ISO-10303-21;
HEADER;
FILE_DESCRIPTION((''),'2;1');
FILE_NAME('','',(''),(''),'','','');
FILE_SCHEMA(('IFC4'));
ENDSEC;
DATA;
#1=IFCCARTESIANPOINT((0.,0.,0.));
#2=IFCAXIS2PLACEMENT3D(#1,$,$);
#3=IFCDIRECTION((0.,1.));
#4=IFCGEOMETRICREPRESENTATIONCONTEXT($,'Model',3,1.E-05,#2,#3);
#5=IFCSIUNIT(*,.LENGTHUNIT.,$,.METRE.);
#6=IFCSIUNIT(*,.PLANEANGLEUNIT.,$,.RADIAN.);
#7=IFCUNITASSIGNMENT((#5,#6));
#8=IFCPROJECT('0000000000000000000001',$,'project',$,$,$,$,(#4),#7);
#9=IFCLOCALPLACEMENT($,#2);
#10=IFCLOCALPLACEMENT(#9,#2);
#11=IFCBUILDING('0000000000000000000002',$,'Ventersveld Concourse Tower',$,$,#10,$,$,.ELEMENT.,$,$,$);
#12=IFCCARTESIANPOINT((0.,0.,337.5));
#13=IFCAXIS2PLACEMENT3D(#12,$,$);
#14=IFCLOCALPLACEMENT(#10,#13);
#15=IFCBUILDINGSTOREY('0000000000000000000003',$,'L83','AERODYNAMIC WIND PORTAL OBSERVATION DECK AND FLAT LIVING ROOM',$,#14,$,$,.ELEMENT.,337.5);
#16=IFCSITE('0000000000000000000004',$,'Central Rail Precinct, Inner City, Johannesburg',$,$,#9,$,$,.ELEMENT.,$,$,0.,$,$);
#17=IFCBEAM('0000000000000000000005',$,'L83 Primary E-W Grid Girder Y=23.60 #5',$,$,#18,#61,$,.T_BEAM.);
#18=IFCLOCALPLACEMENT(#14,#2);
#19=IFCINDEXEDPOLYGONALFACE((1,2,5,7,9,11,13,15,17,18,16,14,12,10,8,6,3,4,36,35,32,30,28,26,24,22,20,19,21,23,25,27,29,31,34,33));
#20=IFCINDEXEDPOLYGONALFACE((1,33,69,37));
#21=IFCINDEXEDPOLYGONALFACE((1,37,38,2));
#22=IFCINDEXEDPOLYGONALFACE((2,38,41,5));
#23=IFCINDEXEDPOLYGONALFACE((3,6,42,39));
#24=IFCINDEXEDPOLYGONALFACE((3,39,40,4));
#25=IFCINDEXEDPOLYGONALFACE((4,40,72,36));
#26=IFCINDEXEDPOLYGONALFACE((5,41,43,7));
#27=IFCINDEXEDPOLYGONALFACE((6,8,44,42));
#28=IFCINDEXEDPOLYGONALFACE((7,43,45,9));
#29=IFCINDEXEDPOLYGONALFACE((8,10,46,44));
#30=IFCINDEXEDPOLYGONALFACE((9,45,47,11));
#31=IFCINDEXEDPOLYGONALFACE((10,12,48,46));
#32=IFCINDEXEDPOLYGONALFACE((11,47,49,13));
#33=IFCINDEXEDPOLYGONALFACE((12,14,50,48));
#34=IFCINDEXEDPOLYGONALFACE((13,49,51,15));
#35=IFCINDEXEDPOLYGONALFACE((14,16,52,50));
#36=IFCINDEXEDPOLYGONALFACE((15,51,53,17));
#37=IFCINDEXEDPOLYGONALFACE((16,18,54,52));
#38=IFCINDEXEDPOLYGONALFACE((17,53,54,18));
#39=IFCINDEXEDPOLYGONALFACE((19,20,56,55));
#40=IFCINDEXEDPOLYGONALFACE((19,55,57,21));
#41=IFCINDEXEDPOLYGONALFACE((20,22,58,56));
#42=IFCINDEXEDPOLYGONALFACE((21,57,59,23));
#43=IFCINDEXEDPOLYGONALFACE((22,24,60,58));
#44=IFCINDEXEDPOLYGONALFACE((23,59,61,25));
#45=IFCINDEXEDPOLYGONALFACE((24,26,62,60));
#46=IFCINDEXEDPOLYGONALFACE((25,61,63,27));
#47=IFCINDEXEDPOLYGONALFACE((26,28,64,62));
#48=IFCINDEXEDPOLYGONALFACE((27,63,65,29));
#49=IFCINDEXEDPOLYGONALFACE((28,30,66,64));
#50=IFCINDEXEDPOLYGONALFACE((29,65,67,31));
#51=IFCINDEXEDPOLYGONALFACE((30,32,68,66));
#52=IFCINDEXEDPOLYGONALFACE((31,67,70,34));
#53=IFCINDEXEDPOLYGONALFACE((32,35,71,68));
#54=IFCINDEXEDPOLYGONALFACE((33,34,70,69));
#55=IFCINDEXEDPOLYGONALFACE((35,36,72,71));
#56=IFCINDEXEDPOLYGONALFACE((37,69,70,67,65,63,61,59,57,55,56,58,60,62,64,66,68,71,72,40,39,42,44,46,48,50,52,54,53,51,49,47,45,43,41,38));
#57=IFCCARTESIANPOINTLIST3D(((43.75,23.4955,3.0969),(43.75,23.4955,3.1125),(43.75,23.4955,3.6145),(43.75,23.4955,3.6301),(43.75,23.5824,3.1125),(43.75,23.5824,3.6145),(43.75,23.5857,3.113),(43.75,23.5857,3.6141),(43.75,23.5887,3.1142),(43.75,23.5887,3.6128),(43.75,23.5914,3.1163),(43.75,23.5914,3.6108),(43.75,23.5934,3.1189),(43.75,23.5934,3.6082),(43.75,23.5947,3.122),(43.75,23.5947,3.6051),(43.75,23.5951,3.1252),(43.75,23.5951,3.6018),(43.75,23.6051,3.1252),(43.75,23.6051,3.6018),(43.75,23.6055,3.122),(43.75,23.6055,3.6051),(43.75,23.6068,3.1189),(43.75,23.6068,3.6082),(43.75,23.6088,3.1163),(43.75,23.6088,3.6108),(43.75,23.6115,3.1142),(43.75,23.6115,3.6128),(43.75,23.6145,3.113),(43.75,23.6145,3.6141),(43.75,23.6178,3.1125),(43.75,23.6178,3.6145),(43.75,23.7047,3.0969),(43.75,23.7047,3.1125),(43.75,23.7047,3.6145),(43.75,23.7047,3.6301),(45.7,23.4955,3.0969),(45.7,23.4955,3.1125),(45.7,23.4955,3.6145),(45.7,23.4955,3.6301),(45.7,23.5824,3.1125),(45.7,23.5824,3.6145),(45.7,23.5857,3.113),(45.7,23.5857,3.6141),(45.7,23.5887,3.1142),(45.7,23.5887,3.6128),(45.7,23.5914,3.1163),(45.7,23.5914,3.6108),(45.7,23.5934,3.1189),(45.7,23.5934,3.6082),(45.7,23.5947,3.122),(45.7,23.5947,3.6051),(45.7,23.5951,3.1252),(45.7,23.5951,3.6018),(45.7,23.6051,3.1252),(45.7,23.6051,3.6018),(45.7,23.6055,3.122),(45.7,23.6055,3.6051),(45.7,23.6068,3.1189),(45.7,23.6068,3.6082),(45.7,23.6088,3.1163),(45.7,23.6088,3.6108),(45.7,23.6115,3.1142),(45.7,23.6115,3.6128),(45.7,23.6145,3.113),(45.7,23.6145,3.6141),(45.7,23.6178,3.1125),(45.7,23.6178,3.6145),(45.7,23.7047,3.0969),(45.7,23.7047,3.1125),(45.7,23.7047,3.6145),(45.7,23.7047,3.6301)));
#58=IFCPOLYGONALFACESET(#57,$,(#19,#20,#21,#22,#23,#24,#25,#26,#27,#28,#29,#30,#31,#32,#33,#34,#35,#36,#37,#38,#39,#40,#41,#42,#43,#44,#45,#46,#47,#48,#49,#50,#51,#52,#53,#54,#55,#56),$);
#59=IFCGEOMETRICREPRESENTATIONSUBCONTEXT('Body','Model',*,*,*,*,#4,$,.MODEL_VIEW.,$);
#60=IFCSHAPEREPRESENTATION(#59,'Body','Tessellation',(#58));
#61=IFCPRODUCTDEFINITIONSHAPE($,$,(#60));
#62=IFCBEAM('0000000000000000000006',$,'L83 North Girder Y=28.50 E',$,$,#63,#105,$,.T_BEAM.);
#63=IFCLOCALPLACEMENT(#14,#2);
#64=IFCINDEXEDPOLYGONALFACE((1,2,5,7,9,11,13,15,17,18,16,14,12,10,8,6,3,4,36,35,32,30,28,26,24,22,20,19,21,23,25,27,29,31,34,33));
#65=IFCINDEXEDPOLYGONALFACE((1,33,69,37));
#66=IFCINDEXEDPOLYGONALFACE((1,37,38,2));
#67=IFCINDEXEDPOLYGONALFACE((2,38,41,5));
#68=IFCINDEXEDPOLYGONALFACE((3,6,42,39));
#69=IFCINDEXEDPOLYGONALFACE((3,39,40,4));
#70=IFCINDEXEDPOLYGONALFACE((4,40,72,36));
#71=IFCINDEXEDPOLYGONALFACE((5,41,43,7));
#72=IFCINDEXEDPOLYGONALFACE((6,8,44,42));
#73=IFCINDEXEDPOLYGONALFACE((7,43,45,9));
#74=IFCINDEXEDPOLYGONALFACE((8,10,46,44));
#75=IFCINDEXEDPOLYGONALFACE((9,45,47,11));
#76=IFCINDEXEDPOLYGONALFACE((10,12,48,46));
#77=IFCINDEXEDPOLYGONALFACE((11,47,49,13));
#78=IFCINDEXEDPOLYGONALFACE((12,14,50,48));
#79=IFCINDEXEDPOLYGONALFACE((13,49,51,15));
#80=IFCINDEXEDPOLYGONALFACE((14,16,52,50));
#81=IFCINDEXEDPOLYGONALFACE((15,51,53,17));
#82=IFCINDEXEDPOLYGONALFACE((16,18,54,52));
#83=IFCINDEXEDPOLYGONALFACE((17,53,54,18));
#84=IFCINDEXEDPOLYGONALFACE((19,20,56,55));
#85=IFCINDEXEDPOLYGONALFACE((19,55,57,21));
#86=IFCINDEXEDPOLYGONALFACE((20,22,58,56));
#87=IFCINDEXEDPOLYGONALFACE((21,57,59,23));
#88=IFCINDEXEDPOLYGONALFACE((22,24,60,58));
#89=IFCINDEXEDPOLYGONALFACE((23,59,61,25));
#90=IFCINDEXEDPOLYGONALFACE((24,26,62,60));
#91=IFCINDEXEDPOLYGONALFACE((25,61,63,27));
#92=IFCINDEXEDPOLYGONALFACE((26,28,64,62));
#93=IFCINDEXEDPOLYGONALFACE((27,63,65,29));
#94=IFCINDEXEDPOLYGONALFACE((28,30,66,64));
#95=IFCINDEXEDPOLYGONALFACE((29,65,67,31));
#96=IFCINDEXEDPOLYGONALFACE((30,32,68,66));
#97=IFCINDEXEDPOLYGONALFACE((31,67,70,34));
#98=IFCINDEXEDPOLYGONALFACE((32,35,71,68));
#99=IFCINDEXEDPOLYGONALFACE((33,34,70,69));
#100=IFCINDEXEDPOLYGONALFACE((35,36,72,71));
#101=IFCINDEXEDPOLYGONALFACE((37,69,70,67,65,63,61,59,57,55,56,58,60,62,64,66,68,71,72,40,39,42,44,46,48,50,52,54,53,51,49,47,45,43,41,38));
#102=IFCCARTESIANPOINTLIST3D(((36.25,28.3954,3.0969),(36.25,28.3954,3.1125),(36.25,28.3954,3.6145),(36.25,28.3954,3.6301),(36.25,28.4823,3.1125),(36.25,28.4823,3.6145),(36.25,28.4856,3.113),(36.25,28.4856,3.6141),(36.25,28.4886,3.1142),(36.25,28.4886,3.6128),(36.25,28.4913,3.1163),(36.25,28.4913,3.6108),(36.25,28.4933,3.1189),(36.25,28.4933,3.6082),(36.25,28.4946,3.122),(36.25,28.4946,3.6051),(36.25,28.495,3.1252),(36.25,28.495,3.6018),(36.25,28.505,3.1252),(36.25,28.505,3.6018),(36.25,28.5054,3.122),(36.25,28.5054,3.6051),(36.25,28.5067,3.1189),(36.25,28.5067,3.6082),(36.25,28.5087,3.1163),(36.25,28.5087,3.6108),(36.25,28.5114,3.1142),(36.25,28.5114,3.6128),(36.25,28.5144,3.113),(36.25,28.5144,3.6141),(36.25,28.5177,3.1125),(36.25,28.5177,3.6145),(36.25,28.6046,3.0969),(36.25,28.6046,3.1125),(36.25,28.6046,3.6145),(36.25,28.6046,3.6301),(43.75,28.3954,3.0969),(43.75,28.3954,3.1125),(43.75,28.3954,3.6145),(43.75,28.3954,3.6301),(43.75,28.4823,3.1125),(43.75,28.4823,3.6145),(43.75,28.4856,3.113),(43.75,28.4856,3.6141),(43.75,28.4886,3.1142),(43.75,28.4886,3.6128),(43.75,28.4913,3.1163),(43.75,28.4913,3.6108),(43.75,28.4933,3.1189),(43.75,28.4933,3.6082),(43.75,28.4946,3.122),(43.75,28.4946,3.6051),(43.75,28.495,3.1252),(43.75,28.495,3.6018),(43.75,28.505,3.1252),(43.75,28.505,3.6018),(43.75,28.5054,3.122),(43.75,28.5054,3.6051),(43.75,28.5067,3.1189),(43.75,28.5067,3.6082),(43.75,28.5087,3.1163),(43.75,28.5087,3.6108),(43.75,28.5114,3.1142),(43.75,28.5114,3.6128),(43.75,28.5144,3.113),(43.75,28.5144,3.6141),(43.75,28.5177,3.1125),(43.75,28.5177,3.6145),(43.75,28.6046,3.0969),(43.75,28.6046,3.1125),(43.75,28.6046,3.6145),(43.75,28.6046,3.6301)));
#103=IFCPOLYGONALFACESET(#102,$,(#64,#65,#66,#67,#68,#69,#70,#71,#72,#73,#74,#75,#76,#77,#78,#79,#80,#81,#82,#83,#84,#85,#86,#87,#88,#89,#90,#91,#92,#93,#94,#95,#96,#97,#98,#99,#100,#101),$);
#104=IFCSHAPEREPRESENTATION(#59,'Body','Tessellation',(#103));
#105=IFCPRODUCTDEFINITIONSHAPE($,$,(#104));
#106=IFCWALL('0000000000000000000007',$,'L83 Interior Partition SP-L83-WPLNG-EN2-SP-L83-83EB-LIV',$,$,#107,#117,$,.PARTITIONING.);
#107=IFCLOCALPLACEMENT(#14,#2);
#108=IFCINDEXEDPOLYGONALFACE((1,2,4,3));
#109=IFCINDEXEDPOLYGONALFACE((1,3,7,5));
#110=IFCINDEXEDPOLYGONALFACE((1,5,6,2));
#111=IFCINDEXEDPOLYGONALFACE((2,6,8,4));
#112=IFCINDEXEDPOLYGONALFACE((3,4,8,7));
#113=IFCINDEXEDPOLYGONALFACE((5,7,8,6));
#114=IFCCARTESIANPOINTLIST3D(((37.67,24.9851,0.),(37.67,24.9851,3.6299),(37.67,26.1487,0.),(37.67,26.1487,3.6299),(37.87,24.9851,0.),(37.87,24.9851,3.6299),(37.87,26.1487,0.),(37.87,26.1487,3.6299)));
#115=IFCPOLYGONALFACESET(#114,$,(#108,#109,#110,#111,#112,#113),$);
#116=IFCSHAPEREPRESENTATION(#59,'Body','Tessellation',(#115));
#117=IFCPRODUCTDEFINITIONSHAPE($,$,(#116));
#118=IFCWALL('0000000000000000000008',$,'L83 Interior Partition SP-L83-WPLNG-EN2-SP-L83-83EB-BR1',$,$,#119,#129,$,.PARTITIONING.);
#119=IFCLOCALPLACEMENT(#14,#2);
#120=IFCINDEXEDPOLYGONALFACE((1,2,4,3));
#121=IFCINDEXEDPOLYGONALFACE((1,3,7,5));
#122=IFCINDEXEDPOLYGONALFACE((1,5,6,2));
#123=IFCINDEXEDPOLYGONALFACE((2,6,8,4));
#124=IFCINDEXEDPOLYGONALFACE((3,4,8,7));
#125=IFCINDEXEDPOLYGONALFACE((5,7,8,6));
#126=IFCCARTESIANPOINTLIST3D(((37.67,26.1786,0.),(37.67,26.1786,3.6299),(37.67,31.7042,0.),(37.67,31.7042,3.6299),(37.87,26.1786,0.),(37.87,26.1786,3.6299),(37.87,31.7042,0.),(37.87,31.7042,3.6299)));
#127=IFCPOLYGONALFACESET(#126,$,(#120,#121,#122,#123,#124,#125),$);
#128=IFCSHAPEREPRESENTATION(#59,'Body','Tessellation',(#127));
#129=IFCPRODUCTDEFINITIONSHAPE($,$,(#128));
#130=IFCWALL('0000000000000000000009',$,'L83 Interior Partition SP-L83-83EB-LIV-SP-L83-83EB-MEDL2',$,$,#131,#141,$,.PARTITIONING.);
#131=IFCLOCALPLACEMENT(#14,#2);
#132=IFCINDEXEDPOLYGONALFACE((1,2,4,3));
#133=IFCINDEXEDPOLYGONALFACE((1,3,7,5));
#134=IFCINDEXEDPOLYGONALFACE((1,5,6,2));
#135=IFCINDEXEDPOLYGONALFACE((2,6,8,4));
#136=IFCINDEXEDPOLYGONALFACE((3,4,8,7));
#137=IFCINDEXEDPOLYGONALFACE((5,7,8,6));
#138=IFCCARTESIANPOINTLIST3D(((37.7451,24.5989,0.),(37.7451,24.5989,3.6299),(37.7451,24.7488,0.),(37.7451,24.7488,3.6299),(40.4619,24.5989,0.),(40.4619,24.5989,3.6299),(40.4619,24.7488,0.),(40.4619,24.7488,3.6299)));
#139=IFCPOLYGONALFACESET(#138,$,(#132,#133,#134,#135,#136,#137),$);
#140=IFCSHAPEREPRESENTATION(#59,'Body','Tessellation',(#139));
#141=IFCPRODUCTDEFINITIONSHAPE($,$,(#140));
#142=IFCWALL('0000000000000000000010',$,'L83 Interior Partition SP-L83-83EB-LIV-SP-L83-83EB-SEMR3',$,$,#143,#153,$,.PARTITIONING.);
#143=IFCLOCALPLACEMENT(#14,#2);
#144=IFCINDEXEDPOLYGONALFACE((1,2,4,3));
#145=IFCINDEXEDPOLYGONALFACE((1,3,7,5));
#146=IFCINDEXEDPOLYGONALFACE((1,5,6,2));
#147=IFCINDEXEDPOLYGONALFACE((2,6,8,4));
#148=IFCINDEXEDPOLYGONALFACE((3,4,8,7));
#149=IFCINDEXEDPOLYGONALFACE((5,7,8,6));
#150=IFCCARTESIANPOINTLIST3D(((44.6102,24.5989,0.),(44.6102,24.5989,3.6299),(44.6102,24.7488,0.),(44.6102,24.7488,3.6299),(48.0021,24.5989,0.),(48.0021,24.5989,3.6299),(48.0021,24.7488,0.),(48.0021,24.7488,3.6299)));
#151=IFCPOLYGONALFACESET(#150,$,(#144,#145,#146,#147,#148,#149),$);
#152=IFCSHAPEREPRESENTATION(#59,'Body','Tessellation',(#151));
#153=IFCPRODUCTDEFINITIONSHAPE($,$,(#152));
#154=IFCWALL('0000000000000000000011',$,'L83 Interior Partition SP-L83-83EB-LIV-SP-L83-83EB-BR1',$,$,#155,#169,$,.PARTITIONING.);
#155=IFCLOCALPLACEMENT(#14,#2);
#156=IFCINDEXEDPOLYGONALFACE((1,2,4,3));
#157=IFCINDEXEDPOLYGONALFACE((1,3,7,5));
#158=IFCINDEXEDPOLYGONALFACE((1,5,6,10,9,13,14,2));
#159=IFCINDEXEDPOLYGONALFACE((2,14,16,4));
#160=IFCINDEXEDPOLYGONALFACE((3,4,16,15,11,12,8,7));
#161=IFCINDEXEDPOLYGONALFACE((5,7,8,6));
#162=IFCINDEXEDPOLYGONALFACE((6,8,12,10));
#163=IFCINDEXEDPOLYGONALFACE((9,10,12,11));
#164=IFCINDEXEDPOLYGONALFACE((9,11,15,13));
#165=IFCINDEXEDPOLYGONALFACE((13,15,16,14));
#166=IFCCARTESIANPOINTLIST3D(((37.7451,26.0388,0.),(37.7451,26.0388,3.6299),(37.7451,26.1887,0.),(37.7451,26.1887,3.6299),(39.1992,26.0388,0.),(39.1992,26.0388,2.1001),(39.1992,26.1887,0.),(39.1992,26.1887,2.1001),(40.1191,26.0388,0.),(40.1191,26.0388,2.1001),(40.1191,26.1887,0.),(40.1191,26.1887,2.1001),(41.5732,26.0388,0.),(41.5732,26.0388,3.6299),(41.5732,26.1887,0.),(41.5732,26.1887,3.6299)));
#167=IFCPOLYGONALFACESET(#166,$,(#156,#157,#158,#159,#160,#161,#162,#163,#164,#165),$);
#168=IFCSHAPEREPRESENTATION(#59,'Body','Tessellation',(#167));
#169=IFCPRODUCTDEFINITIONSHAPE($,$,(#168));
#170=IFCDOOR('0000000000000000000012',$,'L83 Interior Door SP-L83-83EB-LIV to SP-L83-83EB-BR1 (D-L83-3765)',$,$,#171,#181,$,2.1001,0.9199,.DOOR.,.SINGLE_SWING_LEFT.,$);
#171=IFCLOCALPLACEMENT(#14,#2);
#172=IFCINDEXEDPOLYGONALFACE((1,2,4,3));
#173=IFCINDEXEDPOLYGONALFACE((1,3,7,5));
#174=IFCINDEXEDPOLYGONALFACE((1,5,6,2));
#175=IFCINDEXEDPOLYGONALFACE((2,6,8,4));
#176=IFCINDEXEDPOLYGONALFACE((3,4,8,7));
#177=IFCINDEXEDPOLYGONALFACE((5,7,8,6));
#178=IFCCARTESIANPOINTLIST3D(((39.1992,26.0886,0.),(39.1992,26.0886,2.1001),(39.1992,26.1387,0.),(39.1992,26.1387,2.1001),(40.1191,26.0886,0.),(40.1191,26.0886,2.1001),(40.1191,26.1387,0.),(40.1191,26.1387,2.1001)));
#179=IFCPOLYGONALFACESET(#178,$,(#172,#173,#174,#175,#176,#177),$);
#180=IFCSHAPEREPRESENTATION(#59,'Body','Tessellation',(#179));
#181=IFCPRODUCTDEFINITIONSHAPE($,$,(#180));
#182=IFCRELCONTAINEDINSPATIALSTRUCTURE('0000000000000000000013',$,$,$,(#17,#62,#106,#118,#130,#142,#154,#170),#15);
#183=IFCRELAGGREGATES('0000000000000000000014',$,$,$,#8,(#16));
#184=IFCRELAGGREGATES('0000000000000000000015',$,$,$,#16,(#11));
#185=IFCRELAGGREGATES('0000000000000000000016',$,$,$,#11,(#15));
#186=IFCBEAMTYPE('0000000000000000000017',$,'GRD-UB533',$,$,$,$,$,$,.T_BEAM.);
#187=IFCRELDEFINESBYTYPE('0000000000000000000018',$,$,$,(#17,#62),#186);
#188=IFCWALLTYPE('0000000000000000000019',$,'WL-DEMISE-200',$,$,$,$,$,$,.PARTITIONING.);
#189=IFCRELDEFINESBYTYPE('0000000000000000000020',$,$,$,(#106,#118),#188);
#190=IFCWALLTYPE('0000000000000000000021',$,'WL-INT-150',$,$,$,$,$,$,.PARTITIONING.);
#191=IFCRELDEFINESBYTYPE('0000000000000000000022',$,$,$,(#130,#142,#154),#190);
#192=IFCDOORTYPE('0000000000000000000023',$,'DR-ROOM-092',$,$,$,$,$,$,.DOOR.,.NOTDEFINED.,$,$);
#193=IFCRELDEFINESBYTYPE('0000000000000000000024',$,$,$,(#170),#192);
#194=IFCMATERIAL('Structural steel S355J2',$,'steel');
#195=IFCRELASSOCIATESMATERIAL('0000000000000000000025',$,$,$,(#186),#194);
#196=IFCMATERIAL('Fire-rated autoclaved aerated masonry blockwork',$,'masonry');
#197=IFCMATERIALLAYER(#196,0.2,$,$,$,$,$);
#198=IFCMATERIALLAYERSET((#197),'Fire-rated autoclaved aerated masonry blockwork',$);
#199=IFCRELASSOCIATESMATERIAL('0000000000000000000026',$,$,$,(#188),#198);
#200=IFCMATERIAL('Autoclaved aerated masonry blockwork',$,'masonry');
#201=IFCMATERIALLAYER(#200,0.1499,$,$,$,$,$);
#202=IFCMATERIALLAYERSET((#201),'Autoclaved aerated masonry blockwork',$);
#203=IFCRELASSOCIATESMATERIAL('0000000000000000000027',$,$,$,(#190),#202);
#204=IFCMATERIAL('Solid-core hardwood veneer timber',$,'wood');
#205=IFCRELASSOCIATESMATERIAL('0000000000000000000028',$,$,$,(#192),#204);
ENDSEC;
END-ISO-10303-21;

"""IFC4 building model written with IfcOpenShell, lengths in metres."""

from ifc_helpers import new_model, si_unit, direction, frame, frame_2d, origin, origin_2d, place, context, subcontext, project, spatial, rectangle, i_section, extrude, material, layer, layer_set, material_profile, profile_set, type_object, element, fill, save


model = new_model("IFC4")

# Units and contexts
model_context = context("Model", 3, precision=1e-05, world=origin(), true_north=direction((0.0, 1.0)))
body_context = subcontext(model_context, "Body", "Model", "MODEL_VIEW")
ifc_project = project(units=[si_unit("LENGTHUNIT", "METRE"), si_unit("PLANEANGLEUNIT", "RADIAN")], contexts=[model_context])

# Site, building, storey
site_placement = place(None, origin())
site = spatial("IfcSite", under=ifc_project, at=site_placement, Name="Central Rail Precinct, Inner City, Johannesburg", CompositionType="ELEMENT", RefElevation=0.0)
building_placement = place(site_placement, origin())
building = spatial("IfcBuilding", under=site, at=building_placement, Name="Ventersveld Concourse Tower", CompositionType="ELEMENT")
storey_placement = place(building_placement, frame((0.0, 0.0, 337.5)))
storey = spatial("IfcBuildingStorey", under=building, at=storey_placement, Name="L83", Description="AERODYNAMIC WIND PORTAL OBSERVATION DECK AND FLAT LIVING ROOM", CompositionType="ELEMENT", Elevation=337.5)

# Shared definitions
ifc_material_1 = material(Name="Structural steel S355J2", Category="steel")

# Beams
ifc_material_profile_1 = material_profile(ifc_material_1, i_section(OverallWidth=0.2092, OverallDepth=0.5332, WebThickness=0.01, FlangeThickness=0.0156, FilletRadius=0.0127, at=origin_2d()), Name="UB 533x210x92")
ifc_profile_set_1 = profile_set([ifc_material_profile_1], Name="Structural steel S355J2")
beam_type_1 = type_object("IfcBeamType", Name="GRD-UB533", PredefinedType="T_BEAM", material=ifc_profile_set_1)
beam_1_placement = place(storey_placement, frame((43.75, 23.6001, 3.3635), z_axis=(1.0, 0.0, 0.0), x_axis=(0.0, 1.0, 0.0)))
element("IfcBeam", 1, at=beam_1_placement, inside=storey, type_object=beam_type_1, Name="L83 Primary E-W Grid Girder Y=23.60 #5", PredefinedType="T_BEAM", context=body_context, shape_type="SweptSolid", body=[
    extrude(i_section(OverallWidth=0.2092, OverallDepth=0.5332, WebThickness=0.01, FlangeThickness=0.0156, FilletRadius=0.0127, at=origin_2d()), origin(), (0.0, 0.0, 1.0), 1.95),
])
beam_2_placement = place(storey_placement, frame((36.25, 28.5, 3.3635), z_axis=(1.0, 0.0, 0.0), x_axis=(0.0, 1.0, 0.0)))
element("IfcBeam", 2, at=beam_2_placement, inside=storey, type_object=beam_type_1, Name="L83 North Girder Y=28.50 E", PredefinedType="T_BEAM", context=body_context, shape_type="SweptSolid", body=[
    extrude(i_section(OverallWidth=0.2092, OverallDepth=0.5332, WebThickness=0.01, FlangeThickness=0.0156, FilletRadius=0.0127, at=origin_2d()), origin(), (0.0, 0.0, 1.0), 7.5),
])

# Walls
ifc_material_2 = material(Name="Fire-rated autoclaved aerated masonry blockwork", Category="masonry")
ifc_layer_1 = layer(ifc_material_2, 0.2)
ifc_layer_set_1 = layer_set([ifc_layer_1], Name="Fire-rated autoclaved aerated masonry blockwork")
wall_type_1 = type_object("IfcWallType", Name="WL-DEMISE-200", PredefinedType="PARTITIONING", material=ifc_layer_set_1)
wall_1_placement = place(storey_placement, frame((37.77, 24.9851, 0.0), z_axis=(0.0, 0.0, 1.0), x_axis=(0.0, 1.0, 0.0)))
element("IfcWall", 3, at=wall_1_placement, inside=storey, type_object=wall_type_1, Name="L83 Interior Partition SP-L83-WPLNG-EN2-SP-L83-83EB-LIV", PredefinedType="PARTITIONING", context=body_context, shape_type="SweptSolid", body=[
    extrude(rectangle(XDim=1.1636, YDim=0.2, at=frame_2d((0.5818, 0.0))), origin(), (0.0, 0.0, 1.0), 3.6299),
])
wall_2_placement = place(storey_placement, frame((37.77, 26.1787, 0.0), z_axis=(0.0, 0.0, 1.0), x_axis=(0.0, 1.0, 0.0)))
element("IfcWall", 4, at=wall_2_placement, inside=storey, type_object=wall_type_1, Name="L83 Interior Partition SP-L83-WPLNG-EN2-SP-L83-83EB-BR1", PredefinedType="PARTITIONING", context=body_context, shape_type="SweptSolid", body=[
    extrude(rectangle(XDim=5.5256, YDim=0.2, at=frame_2d((2.7627, 0.0))), origin(), (0.0, 0.0, 1.0), 3.6299),
])
ifc_material_3 = material(Name="Autoclaved aerated masonry blockwork", Category="masonry")
ifc_layer_2 = layer(ifc_material_3, 0.1499)
ifc_layer_set_2 = layer_set([ifc_layer_2], Name="Autoclaved aerated masonry blockwork")
wall_type_2 = type_object("IfcWallType", Name="WL-INT-150", PredefinedType="PARTITIONING", material=ifc_layer_set_2)
wall_3_placement = place(storey_placement, frame((37.7451, 24.6738, 0.0), z_axis=(0.0, 0.0, 1.0), x_axis=(1.0, 0.0, 0.0)))
element("IfcWall", 5, at=wall_3_placement, inside=storey, type_object=wall_type_2, Name="L83 Interior Partition SP-L83-83EB-LIV-SP-L83-83EB-MEDL2", PredefinedType="PARTITIONING", context=body_context, shape_type="SweptSolid", body=[
    extrude(rectangle(XDim=2.7168, YDim=0.1499, at=frame_2d((1.3584, 0.0))), origin(), (0.0, 0.0, 1.0), 3.6299),
])
wall_4_placement = place(storey_placement, frame((44.6104, 24.6738, 0.0), z_axis=(0.0, 0.0, 1.0), x_axis=(1.0, 0.0, 0.0)))
element("IfcWall", 6, at=wall_4_placement, inside=storey, type_object=wall_type_2, Name="L83 Interior Partition SP-L83-83EB-LIV-SP-L83-83EB-SEMR3", PredefinedType="PARTITIONING", context=body_context, shape_type="SweptSolid", body=[
    extrude(rectangle(XDim=3.3918, YDim=0.1499, at=frame_2d((1.6958, 0.0))), origin(), (0.0, 0.0, 1.0), 3.6299),
])

# Wall, opening, door
wall_5_placement = place(storey_placement, frame((37.7451, 26.1138, 0.0), z_axis=(0.0, 0.0, 1.0), x_axis=(1.0, 0.0, 0.0)))
wall_5 = element("IfcWall", 7, at=wall_5_placement, inside=storey, type_object=wall_type_2, Name="L83 Interior Partition SP-L83-83EB-LIV-SP-L83-83EB-BR1", PredefinedType="PARTITIONING", context=body_context, shape_type="SweptSolid", body=[
    extrude(rectangle(XDim=3.8281, YDim=0.1499, at=frame_2d((1.9141, 0.0))), origin(), (0.0, 0.0, 1.0), 3.6299),
])
opening_1_placement = place(wall_5_placement, frame((1.4541, 0.0, 0.0)))
opening_1 = element("IfcOpeningElement", 8, at=opening_1_placement, cuts=wall_5, PredefinedType="OPENING", context=body_context, shape_type="SweptSolid", body=[
    extrude(rectangle(XDim=0.9199, YDim=2.1001, at=frame_2d((0.46, 1.05))), frame((0.0, 0.085, 0.0), z_axis=(0.0, -1.0, 0.0), x_axis=(1.0, 0.0, 0.0)), (0.0, 0.0, 1.0), 0.1699),
])
ifc_material_4 = material(Name="Solid-core hardwood veneer timber", Category="wood")
door_type = type_object("IfcDoorType", Name="DR-ROOM-092", OperationType="NOTDEFINED", PredefinedType="DOOR", material=ifc_material_4)
door_1_placement = place(opening_1_placement, origin())
door_1 = element("IfcDoor", 9, at=door_1_placement, inside=storey, type_object=door_type, Name="L83 Interior Door SP-L83-83EB-LIV to SP-L83-83EB-BR1 (D-L83-3765)", OperationType="SINGLE_SWING_LEFT", OverallHeight=2.1001, OverallWidth=0.9199, PredefinedType="DOOR", context=body_context, shape_type="SweptSolid", body=[
    extrude(rectangle(XDim=0.9199, YDim=2.1001, at=frame_2d((0.46, 1.05))), frame((0.0, 0.0249, 0.0), z_axis=(0.0, -1.0, 0.0), x_axis=(1.0, 0.0, 0.0)), (0.0, 0.0, 1.0), 0.05),
])
fill(opening_1, door_1)

save(model, "model.ifc")
